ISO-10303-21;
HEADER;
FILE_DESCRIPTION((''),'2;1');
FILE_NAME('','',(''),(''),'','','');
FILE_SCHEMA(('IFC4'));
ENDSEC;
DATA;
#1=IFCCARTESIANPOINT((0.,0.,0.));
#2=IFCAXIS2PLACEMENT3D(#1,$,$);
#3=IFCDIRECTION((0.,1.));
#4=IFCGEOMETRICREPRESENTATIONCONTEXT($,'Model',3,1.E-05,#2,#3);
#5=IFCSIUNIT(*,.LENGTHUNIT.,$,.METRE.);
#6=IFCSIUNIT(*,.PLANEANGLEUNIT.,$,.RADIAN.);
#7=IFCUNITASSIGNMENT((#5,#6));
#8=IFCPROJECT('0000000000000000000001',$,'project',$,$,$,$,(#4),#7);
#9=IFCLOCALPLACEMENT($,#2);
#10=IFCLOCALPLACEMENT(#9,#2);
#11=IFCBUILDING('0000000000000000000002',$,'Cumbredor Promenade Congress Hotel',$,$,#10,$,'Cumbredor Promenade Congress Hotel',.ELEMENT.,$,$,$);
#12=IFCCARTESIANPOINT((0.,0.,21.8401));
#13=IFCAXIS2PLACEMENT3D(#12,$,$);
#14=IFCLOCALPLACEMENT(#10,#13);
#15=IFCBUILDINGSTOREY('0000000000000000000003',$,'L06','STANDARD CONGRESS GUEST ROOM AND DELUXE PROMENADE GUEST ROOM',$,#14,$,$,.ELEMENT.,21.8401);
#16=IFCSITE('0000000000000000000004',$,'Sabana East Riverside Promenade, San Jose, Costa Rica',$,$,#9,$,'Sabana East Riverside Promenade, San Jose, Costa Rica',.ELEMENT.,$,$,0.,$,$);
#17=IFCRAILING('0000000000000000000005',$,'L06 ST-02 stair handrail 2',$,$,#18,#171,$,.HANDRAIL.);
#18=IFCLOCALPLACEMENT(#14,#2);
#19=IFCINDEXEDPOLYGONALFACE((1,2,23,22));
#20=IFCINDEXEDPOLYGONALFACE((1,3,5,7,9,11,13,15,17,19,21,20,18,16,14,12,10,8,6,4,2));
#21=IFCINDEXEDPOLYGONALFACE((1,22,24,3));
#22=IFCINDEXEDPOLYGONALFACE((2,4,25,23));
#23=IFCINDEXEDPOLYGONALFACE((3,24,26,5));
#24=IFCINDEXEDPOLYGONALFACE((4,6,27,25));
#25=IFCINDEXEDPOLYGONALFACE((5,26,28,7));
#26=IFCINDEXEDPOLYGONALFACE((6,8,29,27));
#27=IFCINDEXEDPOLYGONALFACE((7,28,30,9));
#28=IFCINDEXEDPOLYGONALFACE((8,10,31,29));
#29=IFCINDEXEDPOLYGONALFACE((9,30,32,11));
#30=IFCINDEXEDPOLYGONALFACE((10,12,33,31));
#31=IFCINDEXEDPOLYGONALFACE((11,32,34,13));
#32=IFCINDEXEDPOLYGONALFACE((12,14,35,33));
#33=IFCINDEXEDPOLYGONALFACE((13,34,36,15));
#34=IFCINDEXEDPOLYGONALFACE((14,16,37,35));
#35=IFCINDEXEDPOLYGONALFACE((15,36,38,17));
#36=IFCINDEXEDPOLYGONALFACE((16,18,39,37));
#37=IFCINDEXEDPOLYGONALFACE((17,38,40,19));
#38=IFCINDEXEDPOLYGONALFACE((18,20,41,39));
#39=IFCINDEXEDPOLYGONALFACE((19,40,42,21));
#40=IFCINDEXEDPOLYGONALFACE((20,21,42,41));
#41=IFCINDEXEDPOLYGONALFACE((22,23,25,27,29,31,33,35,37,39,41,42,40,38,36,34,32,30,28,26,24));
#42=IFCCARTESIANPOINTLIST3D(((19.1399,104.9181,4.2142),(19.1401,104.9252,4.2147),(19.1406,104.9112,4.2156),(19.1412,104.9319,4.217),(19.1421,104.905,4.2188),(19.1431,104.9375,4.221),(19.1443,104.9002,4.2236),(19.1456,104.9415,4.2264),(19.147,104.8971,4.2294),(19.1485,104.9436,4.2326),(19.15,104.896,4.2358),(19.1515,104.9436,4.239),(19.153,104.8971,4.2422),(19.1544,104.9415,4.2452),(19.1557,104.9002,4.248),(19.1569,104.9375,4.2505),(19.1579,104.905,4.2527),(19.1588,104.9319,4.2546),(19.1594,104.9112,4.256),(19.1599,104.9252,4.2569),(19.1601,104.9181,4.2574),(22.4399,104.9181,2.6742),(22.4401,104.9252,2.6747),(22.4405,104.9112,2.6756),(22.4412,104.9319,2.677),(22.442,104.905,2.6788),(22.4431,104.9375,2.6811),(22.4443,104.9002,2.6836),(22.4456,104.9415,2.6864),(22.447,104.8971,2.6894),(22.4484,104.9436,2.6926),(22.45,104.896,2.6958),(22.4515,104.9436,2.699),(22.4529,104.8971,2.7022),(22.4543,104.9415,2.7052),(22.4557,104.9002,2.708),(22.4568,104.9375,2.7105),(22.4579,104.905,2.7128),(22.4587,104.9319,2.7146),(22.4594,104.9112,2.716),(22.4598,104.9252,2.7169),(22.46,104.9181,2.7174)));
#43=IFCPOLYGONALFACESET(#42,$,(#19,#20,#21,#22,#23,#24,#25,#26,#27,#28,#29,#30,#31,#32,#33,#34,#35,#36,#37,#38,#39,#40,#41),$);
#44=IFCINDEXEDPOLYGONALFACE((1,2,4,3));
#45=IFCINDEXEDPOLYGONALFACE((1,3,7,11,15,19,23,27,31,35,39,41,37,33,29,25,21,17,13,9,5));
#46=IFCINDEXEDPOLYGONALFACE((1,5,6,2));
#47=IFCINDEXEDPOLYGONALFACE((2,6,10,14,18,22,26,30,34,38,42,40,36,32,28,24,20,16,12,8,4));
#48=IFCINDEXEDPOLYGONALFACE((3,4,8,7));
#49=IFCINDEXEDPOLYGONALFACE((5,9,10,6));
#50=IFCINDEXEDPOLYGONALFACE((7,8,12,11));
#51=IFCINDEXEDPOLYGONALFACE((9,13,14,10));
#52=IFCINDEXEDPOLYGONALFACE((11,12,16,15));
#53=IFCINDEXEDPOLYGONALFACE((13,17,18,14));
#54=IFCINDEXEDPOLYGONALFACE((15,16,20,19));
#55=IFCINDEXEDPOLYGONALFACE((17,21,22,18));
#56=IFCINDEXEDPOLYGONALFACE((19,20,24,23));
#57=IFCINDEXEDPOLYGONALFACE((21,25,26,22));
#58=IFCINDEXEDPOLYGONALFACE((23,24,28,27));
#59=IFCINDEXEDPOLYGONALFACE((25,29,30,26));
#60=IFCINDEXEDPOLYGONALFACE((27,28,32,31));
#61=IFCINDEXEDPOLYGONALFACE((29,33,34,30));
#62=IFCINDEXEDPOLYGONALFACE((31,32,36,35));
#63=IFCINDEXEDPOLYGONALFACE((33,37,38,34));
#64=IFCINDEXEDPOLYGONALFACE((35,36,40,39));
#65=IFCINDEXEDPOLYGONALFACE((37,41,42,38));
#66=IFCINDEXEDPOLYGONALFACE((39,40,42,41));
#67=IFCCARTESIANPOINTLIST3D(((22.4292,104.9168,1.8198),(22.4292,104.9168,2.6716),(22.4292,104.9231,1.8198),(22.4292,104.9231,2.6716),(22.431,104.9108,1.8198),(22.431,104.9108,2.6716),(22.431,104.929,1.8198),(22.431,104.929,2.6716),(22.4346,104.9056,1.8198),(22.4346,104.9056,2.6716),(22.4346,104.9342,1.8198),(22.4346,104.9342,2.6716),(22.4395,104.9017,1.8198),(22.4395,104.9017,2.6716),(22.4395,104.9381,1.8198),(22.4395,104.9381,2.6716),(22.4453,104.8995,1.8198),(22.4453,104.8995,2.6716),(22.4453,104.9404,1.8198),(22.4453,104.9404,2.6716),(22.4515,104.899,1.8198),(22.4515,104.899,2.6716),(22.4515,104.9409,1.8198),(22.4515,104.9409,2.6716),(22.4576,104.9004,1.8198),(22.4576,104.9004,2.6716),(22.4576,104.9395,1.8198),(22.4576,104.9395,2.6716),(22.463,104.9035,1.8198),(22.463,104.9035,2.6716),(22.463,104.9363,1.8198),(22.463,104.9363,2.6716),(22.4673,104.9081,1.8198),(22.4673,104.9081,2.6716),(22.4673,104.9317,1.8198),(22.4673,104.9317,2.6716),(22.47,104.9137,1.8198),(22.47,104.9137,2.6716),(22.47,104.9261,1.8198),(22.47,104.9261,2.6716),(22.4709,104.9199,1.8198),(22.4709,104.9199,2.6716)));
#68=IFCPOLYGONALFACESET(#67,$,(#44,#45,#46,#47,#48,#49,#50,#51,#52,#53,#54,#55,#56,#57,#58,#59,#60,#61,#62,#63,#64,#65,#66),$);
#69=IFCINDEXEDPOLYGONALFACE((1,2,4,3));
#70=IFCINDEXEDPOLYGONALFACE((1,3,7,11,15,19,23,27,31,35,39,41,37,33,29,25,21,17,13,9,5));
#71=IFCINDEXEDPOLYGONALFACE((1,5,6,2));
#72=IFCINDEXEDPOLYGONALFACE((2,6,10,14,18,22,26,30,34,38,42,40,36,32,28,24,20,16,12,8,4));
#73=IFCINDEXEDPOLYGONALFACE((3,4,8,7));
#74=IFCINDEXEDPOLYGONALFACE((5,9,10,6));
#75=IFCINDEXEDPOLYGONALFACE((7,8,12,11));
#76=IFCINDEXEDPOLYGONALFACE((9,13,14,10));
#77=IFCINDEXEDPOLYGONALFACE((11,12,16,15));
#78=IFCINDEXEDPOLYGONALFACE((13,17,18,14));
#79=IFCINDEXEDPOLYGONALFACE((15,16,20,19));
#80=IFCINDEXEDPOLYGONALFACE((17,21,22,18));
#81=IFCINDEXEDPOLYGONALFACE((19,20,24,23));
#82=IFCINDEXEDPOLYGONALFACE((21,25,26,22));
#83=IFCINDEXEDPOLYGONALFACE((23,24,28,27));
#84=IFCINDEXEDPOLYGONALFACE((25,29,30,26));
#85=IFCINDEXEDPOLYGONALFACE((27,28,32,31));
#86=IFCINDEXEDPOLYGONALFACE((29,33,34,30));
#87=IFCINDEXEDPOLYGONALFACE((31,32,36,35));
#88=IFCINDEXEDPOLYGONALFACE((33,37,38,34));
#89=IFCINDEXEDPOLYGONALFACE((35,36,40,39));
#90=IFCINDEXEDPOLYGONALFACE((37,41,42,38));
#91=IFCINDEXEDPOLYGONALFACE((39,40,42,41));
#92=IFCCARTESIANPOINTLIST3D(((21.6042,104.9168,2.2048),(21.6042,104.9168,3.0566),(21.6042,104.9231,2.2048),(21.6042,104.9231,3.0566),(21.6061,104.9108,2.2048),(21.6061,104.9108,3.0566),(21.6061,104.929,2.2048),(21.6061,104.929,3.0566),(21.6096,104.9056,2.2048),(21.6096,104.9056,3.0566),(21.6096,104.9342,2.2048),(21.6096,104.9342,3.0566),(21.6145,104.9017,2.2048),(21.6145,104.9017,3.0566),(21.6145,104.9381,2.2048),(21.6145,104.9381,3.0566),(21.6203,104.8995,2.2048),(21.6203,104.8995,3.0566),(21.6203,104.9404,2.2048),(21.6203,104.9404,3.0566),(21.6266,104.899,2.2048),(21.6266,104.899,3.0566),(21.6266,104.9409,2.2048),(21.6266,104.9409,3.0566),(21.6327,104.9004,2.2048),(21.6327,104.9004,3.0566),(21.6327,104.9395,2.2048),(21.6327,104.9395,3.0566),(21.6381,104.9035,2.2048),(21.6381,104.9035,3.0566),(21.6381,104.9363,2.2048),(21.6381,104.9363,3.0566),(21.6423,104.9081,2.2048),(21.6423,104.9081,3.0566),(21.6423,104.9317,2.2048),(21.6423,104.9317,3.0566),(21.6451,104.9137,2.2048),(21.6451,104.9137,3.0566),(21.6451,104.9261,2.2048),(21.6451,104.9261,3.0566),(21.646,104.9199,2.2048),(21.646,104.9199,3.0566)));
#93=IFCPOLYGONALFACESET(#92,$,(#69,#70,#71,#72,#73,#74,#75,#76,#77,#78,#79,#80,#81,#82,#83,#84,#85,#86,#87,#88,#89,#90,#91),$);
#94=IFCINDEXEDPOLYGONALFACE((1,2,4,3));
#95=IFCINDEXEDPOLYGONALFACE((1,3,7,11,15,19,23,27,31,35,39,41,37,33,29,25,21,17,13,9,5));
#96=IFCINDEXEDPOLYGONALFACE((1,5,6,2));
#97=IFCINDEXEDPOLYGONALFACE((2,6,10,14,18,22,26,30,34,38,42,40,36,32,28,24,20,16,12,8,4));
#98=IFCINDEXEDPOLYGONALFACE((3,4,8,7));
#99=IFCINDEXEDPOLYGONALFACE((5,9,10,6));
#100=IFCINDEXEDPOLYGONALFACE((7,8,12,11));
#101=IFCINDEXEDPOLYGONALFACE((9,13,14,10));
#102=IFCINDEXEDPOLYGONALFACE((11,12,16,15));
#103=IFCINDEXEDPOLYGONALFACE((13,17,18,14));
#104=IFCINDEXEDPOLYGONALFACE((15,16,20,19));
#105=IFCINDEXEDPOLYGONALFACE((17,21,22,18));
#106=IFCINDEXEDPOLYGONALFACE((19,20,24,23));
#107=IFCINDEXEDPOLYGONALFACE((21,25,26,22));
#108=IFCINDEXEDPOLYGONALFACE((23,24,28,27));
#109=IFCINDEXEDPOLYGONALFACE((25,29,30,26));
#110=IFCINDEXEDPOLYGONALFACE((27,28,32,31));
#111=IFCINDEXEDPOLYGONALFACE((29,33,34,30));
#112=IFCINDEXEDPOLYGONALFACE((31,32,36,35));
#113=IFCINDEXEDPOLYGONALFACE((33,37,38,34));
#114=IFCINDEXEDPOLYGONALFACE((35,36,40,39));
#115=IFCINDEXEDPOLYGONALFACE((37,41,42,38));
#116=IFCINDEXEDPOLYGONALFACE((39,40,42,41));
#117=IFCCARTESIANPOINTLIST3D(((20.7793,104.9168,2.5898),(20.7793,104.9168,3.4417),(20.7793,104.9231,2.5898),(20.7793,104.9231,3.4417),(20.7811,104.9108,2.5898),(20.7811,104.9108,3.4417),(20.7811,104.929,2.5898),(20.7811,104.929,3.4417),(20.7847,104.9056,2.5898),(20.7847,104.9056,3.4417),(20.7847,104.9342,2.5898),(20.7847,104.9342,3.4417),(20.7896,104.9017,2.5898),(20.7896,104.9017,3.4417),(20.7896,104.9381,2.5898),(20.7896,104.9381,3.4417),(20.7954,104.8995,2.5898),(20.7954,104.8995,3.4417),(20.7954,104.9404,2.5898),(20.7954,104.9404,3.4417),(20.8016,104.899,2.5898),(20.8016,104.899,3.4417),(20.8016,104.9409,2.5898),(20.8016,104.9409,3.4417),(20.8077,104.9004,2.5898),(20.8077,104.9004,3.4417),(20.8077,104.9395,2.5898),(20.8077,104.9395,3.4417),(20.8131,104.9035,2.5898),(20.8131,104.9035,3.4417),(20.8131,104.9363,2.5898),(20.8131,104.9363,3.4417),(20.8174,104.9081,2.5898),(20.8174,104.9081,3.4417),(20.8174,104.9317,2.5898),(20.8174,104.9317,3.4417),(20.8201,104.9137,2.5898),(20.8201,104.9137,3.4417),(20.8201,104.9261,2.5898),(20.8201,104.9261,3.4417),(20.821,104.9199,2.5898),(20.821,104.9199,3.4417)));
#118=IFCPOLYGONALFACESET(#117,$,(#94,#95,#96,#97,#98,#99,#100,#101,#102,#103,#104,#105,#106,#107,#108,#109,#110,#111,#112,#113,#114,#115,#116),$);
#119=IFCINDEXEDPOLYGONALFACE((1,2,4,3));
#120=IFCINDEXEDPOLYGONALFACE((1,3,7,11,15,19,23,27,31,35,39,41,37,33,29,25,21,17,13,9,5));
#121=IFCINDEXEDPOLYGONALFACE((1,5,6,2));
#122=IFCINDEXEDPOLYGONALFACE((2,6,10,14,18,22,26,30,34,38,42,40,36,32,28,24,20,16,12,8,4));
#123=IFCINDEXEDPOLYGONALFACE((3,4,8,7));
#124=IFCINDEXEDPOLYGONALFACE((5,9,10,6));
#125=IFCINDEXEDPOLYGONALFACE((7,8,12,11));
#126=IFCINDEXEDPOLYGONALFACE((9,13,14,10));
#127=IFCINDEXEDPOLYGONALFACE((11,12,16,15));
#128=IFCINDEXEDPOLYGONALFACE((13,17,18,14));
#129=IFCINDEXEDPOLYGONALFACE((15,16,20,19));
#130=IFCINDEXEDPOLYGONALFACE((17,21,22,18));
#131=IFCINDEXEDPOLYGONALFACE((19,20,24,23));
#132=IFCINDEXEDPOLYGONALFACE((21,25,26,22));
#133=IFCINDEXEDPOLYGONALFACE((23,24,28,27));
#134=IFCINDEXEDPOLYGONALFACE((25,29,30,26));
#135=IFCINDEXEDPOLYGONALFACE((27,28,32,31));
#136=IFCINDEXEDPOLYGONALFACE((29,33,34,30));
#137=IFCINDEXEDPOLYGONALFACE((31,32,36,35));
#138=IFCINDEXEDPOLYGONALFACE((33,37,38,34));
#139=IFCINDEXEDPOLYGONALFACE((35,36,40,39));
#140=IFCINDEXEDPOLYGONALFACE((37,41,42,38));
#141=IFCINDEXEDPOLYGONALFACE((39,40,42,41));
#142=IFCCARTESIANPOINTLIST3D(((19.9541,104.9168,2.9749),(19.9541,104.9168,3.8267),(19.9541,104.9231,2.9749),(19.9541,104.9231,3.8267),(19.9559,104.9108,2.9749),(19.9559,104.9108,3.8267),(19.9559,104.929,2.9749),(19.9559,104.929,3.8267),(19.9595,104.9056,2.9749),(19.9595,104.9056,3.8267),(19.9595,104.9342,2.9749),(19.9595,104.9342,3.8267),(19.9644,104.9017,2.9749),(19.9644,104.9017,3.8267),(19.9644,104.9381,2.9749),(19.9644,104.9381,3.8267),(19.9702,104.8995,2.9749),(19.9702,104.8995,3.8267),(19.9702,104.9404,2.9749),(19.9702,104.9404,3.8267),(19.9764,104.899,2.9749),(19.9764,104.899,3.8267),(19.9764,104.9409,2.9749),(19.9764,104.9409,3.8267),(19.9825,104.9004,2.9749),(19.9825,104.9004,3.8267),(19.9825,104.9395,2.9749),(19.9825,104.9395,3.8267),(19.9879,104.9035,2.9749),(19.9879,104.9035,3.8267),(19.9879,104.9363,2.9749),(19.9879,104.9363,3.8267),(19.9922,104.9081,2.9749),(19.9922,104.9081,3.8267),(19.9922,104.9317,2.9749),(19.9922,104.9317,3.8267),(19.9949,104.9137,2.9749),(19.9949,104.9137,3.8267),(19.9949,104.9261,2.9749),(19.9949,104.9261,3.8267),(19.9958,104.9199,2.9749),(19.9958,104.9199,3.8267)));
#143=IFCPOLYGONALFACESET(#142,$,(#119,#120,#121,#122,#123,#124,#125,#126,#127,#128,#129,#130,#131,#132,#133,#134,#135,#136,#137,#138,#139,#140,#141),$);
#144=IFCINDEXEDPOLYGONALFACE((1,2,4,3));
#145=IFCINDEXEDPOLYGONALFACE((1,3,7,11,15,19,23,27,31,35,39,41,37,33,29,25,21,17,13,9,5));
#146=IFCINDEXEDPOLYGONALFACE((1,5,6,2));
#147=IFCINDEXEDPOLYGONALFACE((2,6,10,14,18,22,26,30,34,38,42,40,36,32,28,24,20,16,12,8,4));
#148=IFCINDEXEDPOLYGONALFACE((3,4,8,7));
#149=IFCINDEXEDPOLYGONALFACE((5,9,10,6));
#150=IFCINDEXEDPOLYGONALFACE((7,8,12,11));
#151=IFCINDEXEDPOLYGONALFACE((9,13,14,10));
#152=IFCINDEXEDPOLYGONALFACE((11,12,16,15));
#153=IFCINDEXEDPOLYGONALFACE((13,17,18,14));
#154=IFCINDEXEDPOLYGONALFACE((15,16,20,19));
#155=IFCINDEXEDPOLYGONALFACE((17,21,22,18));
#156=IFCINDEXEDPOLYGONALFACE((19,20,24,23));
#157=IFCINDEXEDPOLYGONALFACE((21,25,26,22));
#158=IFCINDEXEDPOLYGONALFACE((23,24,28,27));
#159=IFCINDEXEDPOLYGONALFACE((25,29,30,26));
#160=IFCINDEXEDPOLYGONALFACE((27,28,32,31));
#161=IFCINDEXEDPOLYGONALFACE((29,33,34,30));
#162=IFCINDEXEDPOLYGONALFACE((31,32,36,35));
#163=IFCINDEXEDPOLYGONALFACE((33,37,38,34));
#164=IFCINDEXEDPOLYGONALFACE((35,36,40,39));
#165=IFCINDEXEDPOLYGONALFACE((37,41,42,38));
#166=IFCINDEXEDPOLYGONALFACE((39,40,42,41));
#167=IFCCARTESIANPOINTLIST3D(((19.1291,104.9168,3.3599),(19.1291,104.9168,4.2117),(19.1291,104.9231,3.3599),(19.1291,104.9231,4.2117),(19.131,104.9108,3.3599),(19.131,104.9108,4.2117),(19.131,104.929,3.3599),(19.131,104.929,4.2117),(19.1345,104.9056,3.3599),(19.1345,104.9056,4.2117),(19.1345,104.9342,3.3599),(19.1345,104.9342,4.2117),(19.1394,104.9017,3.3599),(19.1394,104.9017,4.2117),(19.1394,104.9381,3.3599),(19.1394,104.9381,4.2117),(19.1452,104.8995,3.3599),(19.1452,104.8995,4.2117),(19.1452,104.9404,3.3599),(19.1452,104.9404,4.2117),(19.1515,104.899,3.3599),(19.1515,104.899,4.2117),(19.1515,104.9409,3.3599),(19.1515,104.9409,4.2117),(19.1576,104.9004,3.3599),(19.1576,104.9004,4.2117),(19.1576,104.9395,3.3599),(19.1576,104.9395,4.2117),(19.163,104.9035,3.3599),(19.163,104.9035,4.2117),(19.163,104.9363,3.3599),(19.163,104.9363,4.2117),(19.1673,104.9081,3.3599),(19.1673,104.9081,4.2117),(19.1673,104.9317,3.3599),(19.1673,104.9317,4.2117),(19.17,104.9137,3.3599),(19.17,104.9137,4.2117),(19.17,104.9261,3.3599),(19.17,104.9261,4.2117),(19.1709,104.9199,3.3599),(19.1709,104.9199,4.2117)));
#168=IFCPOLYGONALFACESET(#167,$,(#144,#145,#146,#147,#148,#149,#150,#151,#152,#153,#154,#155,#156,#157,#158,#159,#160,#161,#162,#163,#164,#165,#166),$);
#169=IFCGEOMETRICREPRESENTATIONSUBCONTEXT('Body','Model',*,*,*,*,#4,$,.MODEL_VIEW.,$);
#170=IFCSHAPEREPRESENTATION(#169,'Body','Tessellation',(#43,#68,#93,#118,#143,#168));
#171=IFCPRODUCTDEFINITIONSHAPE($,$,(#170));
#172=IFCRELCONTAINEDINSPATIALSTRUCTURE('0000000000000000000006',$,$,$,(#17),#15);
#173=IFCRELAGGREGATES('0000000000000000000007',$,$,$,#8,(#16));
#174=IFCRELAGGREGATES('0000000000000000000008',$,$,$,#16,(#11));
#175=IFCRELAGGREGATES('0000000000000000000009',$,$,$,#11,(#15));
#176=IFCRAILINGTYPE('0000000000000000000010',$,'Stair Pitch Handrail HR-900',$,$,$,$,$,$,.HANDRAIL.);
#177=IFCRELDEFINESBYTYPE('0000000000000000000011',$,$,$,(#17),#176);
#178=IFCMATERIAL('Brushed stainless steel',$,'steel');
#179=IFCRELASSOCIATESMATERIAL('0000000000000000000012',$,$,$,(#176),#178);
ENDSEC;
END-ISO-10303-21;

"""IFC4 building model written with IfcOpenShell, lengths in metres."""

from ifc_helpers import new_model, si_unit, direction, frame, origin, origin_2d, place, context, subcontext, project, spatial, circle, extrude, material, type_object, element, save


model = new_model("IFC4")

# Units and contexts
model_context = context("Model", 3, precision=1e-05, world=origin(), true_north=direction((0.0, 1.0)))
body_context = subcontext(model_context, "Body", "Model", "MODEL_VIEW")
ifc_project = project(units=[si_unit("LENGTHUNIT", "METRE"), si_unit("PLANEANGLEUNIT", "RADIAN")], contexts=[model_context])

# Site, building, storey
site_placement = place(None, origin())
site = spatial("IfcSite", under=ifc_project, at=site_placement, Name="Sabana East Riverside Promenade, San Jose, Costa Rica", LongName="Sabana East Riverside Promenade, San Jose, Costa Rica", CompositionType="ELEMENT", RefElevation=0.0)
building_placement = place(site_placement, origin())
building = spatial("IfcBuilding", under=site, at=building_placement, Name="Cumbredor Promenade Congress Hotel", LongName="Cumbredor Promenade Congress Hotel", CompositionType="ELEMENT")
storey_placement = place(building_placement, frame((0.0, 0.0, 21.8401)))
storey = spatial("IfcBuildingStorey", under=building, at=storey_placement, Name="L06", Description="STANDARD CONGRESS GUEST ROOM AND DELUXE PROMENADE GUEST ROOM", CompositionType="ELEMENT", Elevation=21.8401)

# Railing
ifc_material_1 = material(Name="Brushed stainless steel", Category="steel")
railing_type_1 = type_object("IfcRailingType", Name="Stair Pitch Handrail HR-900", PredefinedType="HANDRAIL", material=ifc_material_1)
railing_1_placement = place(storey_placement, frame((22.45, 104.9199, 1.8198)))
element("IfcRailing", 1, at=railing_1_placement, inside=storey, type_object=railing_type_1, Name="L06 ST-02 stair handrail 2", PredefinedType="HANDRAIL", context=body_context, shape_type="SweptSolid", body=[
    extrude(circle(Radius=0.0239, at=origin_2d()), frame((0.0, 0.0, 0.876), z_axis=(-0.906181, 0.0, 0.422889), x_axis=(0.0, -1.0, 0.0)), (0.0, 0.0, 1.0), 3.6416),
    extrude(circle(Radius=0.021, at=origin_2d()), origin(), (0.0, 0.0, 1.0), 0.8518),
    extrude(circle(Radius=0.021, at=origin_2d()), frame((-0.825, 0.0, 0.385)), (0.0, 0.0, 1.0), 0.8518),
    extrude(circle(Radius=0.021, at=origin_2d()), frame((-1.6499, 0.0, 0.77)), (0.0, 0.0, 1.0), 0.8518),
    extrude(circle(Radius=0.021, at=origin_2d()), frame((-2.4751, 0.0, 1.155)), (0.0, 0.0, 1.0), 0.8518),
    extrude(circle(Radius=0.021, at=origin_2d()), frame((-3.3, 0.0, 1.54)), (0.0, 0.0, 1.0), 0.8518),
])

save(model, "model.ifc")
